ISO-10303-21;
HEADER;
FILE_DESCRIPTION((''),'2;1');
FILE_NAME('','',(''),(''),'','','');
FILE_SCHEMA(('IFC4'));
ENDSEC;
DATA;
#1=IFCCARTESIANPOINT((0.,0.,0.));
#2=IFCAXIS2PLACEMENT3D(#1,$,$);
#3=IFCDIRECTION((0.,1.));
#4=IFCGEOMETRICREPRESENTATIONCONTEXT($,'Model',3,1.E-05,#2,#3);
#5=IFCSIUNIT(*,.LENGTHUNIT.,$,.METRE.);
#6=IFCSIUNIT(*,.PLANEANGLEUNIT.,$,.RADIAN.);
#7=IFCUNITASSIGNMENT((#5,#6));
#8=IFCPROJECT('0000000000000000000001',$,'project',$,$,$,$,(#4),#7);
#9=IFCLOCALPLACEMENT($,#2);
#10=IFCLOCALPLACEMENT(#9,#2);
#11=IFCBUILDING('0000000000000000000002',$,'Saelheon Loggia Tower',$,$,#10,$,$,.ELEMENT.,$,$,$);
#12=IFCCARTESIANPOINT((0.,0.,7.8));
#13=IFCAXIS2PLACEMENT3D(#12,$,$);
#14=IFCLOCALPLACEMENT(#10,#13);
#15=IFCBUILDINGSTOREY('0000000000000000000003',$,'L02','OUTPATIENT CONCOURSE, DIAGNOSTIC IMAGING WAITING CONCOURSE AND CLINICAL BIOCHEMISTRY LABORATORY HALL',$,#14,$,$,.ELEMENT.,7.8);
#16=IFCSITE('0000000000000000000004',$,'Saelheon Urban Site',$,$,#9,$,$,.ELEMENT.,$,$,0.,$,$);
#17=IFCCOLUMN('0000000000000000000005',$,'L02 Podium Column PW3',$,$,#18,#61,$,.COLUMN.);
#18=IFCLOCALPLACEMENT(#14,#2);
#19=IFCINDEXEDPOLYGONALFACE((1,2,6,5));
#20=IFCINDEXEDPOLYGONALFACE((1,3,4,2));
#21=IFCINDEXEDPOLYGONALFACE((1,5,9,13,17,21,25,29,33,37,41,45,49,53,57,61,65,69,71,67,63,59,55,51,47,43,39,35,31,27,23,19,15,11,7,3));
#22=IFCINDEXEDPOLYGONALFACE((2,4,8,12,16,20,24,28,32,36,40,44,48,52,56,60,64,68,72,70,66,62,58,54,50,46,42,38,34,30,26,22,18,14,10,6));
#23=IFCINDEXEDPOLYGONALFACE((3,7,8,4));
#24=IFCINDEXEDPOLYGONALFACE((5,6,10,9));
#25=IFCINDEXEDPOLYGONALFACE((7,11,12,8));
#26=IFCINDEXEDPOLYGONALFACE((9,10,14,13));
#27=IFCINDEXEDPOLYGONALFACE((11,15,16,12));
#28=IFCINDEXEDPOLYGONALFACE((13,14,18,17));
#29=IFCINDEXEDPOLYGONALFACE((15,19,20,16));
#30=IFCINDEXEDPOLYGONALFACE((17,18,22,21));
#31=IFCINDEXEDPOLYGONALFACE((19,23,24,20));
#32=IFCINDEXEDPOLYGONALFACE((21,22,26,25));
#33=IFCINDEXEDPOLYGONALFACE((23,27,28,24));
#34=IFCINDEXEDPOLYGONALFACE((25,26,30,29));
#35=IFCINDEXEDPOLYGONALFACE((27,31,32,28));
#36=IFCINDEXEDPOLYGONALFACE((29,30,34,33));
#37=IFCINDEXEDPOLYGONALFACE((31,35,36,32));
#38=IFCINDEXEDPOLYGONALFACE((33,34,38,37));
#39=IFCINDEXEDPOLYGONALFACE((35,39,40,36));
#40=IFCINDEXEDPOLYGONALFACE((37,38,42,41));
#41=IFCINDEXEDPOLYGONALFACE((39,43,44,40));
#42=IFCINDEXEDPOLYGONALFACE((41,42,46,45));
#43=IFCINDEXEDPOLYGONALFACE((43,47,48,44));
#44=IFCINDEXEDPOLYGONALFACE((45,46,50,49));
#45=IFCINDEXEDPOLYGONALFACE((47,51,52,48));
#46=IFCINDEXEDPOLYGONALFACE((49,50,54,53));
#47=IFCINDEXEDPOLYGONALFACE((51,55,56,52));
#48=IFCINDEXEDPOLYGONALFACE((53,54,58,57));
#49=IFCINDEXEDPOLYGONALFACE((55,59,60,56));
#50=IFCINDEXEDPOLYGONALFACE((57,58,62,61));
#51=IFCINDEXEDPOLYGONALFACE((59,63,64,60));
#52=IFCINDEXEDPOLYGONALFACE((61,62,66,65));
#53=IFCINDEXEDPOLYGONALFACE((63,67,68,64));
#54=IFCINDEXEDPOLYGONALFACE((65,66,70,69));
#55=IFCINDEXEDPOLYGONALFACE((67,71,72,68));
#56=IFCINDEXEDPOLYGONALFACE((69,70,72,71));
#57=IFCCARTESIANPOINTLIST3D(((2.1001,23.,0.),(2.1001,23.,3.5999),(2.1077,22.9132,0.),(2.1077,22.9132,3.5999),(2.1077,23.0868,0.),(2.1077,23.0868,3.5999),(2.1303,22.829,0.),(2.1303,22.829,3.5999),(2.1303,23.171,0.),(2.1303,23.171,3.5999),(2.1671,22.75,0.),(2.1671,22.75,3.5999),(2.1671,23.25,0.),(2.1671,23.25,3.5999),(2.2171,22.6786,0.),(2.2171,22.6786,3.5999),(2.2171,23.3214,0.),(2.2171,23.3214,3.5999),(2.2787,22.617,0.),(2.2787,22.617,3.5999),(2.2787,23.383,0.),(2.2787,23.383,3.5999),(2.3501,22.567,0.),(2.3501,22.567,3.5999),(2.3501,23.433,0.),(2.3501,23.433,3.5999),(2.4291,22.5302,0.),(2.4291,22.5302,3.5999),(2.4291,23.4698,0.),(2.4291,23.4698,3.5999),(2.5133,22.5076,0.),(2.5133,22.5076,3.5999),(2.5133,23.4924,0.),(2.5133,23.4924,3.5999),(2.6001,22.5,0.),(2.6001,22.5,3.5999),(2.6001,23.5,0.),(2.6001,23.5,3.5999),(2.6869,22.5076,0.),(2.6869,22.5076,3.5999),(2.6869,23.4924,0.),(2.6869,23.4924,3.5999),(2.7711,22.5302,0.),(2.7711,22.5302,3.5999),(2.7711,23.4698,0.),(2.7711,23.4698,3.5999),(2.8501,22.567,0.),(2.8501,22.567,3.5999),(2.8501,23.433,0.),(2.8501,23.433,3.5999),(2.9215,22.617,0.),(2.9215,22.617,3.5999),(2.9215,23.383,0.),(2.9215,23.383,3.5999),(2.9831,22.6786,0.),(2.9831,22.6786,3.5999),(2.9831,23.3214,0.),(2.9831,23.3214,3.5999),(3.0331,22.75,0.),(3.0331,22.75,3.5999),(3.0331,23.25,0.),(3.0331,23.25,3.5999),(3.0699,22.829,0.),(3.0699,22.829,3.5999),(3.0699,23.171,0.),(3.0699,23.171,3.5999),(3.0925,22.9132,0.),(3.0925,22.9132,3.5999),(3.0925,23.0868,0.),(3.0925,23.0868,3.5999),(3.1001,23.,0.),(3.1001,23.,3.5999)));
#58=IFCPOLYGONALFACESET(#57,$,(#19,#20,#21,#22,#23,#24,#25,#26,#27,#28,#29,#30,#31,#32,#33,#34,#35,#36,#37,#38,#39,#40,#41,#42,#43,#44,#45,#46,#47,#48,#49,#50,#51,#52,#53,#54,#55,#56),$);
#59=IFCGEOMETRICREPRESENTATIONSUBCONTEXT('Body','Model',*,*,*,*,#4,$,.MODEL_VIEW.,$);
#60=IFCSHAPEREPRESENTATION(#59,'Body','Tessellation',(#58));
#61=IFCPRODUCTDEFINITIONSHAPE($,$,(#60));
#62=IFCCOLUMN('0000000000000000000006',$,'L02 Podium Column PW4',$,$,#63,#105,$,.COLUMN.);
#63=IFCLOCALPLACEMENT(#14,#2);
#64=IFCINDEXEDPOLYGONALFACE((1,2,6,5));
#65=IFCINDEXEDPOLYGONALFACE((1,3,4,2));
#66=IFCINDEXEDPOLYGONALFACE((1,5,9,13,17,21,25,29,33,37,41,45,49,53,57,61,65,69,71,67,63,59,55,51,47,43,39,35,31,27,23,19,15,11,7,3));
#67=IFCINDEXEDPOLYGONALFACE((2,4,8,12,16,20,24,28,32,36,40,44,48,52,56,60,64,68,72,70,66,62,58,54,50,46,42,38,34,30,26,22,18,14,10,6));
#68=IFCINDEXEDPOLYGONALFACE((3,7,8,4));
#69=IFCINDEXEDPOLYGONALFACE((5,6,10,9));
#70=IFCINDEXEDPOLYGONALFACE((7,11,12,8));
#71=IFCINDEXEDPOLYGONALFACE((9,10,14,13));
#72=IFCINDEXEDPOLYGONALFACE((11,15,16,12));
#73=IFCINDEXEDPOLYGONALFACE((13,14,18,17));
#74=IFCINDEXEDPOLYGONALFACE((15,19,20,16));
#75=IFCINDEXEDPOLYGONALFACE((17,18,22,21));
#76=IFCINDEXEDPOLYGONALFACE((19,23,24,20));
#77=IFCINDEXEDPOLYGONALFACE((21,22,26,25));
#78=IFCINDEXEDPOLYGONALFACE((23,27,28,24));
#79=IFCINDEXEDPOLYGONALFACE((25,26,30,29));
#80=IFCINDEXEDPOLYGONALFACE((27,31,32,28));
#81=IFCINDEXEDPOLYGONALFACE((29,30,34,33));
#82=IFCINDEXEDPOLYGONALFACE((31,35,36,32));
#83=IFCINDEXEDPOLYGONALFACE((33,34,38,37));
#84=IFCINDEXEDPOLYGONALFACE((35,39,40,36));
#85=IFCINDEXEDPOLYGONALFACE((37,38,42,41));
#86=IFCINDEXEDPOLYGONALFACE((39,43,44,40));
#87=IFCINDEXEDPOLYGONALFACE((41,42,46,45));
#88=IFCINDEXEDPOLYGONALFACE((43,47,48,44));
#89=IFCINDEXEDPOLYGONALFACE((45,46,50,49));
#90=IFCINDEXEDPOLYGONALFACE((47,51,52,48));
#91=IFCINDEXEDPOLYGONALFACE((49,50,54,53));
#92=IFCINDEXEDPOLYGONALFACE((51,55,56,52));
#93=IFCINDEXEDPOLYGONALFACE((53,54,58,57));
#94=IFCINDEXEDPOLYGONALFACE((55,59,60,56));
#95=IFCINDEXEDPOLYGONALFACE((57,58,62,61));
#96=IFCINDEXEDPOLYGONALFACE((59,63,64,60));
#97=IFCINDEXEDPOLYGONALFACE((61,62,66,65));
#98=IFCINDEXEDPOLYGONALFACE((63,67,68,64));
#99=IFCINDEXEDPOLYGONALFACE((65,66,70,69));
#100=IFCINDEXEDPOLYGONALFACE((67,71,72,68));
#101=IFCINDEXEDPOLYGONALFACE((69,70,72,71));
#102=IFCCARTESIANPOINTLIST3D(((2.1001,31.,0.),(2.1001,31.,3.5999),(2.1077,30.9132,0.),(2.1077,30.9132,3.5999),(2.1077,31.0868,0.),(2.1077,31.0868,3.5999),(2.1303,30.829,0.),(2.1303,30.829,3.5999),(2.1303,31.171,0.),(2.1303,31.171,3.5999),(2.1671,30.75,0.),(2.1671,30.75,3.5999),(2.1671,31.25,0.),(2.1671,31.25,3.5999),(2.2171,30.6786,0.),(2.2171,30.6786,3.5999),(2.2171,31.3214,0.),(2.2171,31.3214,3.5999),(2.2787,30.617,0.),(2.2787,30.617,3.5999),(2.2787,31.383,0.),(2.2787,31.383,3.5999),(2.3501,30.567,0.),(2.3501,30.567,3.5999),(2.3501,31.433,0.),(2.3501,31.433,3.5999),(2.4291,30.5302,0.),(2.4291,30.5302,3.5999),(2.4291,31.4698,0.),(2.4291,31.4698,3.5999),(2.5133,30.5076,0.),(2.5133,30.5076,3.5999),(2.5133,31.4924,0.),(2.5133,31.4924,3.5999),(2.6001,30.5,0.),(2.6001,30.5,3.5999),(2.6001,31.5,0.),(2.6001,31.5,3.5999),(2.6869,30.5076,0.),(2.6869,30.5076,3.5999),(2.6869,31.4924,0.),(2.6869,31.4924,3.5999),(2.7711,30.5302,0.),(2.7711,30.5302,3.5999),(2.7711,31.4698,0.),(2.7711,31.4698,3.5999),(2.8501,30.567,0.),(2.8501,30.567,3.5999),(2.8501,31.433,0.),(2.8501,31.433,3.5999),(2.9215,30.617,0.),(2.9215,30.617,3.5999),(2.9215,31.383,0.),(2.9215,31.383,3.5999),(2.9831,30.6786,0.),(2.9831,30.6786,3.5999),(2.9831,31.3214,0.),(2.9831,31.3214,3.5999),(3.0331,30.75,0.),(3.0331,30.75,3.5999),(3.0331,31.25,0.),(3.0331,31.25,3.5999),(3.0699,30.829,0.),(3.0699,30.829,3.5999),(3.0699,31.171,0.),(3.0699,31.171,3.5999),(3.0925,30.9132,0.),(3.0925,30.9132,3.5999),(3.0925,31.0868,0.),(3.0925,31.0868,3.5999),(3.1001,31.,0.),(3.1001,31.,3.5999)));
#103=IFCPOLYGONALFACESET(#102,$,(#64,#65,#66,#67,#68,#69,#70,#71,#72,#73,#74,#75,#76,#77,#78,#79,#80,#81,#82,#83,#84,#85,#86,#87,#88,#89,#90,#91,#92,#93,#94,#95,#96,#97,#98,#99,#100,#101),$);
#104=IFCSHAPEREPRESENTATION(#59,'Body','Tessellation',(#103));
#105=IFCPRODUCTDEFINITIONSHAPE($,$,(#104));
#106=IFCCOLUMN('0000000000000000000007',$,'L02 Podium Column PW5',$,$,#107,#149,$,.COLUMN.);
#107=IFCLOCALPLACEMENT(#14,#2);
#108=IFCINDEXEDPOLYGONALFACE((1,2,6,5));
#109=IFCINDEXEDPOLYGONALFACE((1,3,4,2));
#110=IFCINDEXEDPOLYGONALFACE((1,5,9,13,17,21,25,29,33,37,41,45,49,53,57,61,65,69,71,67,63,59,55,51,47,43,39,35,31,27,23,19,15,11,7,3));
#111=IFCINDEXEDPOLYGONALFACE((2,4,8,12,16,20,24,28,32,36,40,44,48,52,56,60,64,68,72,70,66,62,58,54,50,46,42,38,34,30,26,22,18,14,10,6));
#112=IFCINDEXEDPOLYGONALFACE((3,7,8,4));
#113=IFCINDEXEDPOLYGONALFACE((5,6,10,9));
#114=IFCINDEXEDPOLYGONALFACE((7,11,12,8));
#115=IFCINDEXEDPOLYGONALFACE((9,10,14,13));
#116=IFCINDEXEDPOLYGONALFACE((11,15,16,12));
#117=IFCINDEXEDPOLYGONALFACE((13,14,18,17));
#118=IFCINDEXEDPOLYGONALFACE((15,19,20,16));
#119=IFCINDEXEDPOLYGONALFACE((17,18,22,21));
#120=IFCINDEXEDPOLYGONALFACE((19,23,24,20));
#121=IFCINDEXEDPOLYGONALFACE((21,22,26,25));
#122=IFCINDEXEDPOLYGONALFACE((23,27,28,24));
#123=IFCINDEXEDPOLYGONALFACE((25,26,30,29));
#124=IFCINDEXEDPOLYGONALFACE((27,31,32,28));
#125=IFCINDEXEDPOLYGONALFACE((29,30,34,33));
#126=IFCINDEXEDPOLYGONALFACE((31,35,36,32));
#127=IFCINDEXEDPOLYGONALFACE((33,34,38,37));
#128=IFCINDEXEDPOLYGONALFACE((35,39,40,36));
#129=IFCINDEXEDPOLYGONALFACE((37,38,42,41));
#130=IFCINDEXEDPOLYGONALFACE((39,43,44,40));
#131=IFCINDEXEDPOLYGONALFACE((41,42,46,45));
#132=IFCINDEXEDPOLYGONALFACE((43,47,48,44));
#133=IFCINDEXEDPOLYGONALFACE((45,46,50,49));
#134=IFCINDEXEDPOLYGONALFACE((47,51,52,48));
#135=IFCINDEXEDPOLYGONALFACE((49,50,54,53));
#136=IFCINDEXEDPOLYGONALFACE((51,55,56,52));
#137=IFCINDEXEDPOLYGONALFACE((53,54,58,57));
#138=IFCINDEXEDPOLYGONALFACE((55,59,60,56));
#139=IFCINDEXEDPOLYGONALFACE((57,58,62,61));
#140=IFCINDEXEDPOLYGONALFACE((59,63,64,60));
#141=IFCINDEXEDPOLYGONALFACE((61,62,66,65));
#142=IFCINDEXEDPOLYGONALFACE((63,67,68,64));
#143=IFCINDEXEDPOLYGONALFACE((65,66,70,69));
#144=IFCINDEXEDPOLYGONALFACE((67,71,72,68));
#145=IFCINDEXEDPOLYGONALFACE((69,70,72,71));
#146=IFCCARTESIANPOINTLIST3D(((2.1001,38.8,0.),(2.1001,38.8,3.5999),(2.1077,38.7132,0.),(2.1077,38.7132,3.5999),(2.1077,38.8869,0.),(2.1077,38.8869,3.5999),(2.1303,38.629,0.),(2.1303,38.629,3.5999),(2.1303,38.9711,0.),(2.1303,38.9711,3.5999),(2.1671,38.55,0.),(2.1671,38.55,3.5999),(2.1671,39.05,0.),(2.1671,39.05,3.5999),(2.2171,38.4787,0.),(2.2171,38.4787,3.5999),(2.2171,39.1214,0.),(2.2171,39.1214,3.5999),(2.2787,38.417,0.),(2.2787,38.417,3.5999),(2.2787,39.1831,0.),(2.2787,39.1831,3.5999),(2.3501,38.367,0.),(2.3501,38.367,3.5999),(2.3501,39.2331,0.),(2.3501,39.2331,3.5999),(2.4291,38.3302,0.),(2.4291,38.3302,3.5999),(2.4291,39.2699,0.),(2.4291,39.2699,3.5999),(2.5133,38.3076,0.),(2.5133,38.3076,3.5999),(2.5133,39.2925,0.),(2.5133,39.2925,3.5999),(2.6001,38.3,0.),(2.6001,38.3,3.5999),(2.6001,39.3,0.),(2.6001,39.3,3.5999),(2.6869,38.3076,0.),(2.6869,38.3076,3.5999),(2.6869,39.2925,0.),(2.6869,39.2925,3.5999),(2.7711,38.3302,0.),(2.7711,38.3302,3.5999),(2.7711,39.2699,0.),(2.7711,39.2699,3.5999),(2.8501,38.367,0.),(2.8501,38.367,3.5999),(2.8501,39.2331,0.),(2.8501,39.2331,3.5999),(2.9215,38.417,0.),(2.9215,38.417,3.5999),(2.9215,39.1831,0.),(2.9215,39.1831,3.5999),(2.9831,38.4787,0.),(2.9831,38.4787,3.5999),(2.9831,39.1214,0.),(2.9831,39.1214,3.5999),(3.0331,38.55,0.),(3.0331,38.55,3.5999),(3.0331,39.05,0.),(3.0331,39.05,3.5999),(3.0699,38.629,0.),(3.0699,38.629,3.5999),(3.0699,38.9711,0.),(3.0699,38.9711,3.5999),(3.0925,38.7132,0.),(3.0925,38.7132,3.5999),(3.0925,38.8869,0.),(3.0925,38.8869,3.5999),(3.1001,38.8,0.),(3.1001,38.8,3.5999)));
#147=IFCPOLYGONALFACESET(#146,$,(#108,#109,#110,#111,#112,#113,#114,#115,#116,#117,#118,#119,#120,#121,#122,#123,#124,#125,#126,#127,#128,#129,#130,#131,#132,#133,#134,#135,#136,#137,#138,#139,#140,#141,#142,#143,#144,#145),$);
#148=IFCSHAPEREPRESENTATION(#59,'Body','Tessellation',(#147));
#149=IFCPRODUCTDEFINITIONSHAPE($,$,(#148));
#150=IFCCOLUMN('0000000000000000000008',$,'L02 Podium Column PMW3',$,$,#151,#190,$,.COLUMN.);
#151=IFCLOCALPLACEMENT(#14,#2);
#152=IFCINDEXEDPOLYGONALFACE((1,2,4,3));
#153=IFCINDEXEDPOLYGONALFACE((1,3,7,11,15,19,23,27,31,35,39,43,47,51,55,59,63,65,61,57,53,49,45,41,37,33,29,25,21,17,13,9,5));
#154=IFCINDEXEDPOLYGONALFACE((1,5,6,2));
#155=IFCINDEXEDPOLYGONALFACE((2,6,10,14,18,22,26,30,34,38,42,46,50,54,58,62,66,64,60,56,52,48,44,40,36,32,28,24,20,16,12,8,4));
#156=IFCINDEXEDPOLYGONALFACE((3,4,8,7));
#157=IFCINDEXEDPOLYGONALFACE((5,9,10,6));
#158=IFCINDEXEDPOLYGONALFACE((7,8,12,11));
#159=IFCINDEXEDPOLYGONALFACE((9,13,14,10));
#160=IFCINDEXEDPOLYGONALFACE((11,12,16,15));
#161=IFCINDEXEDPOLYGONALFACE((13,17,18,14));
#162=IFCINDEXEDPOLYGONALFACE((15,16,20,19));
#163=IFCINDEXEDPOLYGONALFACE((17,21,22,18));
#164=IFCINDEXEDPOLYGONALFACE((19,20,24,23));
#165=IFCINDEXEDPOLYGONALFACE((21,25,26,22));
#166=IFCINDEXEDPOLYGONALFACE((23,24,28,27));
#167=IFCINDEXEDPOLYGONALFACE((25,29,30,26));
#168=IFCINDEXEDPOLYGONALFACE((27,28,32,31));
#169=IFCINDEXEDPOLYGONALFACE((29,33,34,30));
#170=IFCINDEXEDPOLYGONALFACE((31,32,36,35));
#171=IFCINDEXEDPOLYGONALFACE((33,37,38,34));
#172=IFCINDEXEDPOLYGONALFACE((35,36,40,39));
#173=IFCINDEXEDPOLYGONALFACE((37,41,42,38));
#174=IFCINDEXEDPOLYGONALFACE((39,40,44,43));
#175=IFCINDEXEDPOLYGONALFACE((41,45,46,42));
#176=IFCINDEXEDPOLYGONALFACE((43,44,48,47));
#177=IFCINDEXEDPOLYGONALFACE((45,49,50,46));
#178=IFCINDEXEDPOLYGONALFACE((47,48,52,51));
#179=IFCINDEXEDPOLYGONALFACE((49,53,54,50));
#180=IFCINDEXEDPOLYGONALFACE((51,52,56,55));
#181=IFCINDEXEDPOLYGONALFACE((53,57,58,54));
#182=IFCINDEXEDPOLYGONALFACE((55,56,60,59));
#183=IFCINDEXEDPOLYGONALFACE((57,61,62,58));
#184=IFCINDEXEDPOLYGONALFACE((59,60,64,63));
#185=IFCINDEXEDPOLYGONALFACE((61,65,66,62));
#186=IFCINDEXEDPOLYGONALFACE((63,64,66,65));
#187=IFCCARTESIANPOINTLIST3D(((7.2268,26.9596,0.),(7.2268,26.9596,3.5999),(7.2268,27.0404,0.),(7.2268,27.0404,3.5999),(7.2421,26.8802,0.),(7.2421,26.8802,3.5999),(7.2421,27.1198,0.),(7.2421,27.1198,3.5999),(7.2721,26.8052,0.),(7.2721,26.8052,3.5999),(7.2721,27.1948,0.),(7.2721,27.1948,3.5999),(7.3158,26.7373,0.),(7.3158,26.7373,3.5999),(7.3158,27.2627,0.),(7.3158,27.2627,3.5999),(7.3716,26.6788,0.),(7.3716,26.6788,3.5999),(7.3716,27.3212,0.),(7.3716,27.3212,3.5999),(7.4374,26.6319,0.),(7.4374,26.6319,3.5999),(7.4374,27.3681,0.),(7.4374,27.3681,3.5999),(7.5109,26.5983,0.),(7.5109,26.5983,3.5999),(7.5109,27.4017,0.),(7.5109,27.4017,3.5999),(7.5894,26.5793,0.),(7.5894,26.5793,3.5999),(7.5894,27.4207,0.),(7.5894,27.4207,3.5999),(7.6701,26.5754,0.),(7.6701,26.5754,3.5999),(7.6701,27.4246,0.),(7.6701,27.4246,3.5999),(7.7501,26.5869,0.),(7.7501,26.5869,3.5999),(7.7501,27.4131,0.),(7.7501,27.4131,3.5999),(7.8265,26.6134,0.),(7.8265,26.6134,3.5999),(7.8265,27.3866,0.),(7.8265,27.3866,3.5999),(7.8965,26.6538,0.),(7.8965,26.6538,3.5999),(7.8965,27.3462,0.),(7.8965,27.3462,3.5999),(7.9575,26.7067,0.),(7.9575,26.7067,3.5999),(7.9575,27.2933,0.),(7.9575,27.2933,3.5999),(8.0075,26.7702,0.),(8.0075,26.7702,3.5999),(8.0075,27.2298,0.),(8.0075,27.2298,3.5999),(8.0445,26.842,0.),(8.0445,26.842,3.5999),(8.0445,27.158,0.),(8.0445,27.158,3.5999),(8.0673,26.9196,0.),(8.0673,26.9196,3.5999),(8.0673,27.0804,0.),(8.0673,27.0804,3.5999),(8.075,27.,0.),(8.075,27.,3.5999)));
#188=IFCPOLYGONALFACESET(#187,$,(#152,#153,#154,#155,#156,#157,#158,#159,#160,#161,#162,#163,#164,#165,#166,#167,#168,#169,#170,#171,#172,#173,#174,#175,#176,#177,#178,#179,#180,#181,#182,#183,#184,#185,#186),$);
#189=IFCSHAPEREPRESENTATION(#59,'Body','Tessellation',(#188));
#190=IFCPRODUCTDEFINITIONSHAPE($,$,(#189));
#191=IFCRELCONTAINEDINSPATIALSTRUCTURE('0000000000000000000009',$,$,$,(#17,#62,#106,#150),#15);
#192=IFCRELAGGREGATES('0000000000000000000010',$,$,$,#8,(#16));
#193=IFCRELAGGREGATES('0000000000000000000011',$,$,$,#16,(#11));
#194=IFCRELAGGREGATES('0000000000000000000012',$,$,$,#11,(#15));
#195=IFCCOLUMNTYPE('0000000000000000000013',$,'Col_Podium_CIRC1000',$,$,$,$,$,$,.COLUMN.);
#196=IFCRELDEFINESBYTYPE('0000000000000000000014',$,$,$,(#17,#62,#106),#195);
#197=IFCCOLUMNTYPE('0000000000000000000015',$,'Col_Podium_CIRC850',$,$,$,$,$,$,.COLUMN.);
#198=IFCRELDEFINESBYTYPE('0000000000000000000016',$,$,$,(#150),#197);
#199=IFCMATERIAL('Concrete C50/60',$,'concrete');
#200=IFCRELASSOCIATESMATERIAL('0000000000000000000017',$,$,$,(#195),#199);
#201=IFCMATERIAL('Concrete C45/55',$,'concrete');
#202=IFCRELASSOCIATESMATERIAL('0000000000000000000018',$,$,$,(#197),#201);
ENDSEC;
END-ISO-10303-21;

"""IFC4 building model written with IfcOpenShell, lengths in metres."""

from ifc_helpers import new_model, si_unit, direction, frame, origin, origin_2d, place, context, subcontext, project, spatial, circle, extrude, source, transform, mapped, material, material_profile, profile_set, type_object, element, save


model = new_model("IFC4")

# Units and contexts
model_context = context("Model", 3, precision=1e-05, world=origin(), true_north=direction((0.0, 1.0)))
body_context = subcontext(model_context, "Body", "Model", "MODEL_VIEW")
ifc_project = project(units=[si_unit("LENGTHUNIT", "METRE"), si_unit("PLANEANGLEUNIT", "RADIAN")], contexts=[model_context])

# Site, building, storey
site_placement = place(None, origin())
site = spatial("IfcSite", under=ifc_project, at=site_placement, Name="Saelheon Urban Site", CompositionType="ELEMENT", RefElevation=0.0)
building_placement = place(site_placement, origin())
building = spatial("IfcBuilding", under=site, at=building_placement, Name="Saelheon Loggia Tower", CompositionType="ELEMENT")
storey_placement = place(building_placement, frame((0.0, 0.0, 7.8)))
storey = spatial("IfcBuildingStorey", under=building, at=storey_placement, Name="L02", Description="OUTPATIENT CONCOURSE, DIAGNOSTIC IMAGING WAITING CONCOURSE AND CLINICAL BIOCHEMISTRY LABORATORY HALL", CompositionType="ELEMENT", Elevation=7.8)

# Columns
ifc_material_1 = material(Name="Concrete C50/60", Category="concrete")
ifc_material_profile_1 = material_profile(ifc_material_1, circle(Radius=0.5, at=origin_2d()), Name="CIRC-1000")
ifc_profile_set_1 = profile_set([ifc_material_profile_1], Name="Concrete C50/60")
column_type_1 = type_object("IfcColumnType", Name="Col_Podium_CIRC1000", PredefinedType="COLUMN", material=ifc_profile_set_1)
shared_shape_1 = source(origin(), body_context, "Body", "SweptSolid", [
    extrude(circle(Radius=0.5, at=origin_2d()), origin(), (0.0, 0.0, 1.0), 3.5999),
])
for number, where, z_axis, x_axis, name in (
    (1, (2.6001, 23.0, 0.0), (0.0, 0.0, 1.0), (1.0, 0.0, 0.0), "L02 Podium Column PW3"),
    (2, (2.6001, 31.0, 0.0), (0.0, 0.0, 1.0), (1.0, 0.0, 0.0), "L02 Podium Column PW4"),
    (3, (2.6001, 38.8, 0.0), (0.0, 0.0, 1.0), (1.0, 0.0, 0.0), "L02 Podium Column PW5"),
):
    element("IfcColumn", number, at=place(storey_placement, frame(where, z_axis=z_axis, x_axis=x_axis)), inside=storey, type_object=column_type_1, Name=name, PredefinedType="COLUMN", context=body_context, shape_type="MappedRepresentation", body=[
        mapped(shared_shape_1, transform((0.0, 0.0, 0.0), scale=1.0)),
    ])
ifc_material_2 = material(Name="Concrete C45/55", Category="concrete")
ifc_material_profile_2 = material_profile(ifc_material_2, circle(Radius=0.425, at=origin_2d()), Name="CIRC-850")
ifc_profile_set_2 = profile_set([ifc_material_profile_2], Name="Concrete C45/55")
column_type_2 = type_object("IfcColumnType", Name="Col_Podium_CIRC850", PredefinedType="COLUMN", material=ifc_profile_set_2)
shared_shape_2 = source(origin(), body_context, "Body", "SweptSolid", [
    extrude(circle(Radius=0.425, at=origin_2d()), origin(), (0.0, 0.0, 1.0), 3.5999),
])
for number, where, z_axis, x_axis, name in (
    (4, (7.6499, 27.0, 0.0), (0.0, 0.0, 1.0), (1.0, 0.0, 0.0), "L02 Podium Column PMW3"),
):
    element("IfcColumn", number, at=place(storey_placement, frame(where, z_axis=z_axis, x_axis=x_axis)), inside=storey, type_object=column_type_2, Name=name, PredefinedType="COLUMN", context=body_context, shape_type="MappedRepresentation", body=[
        mapped(shared_shape_2, transform((0.0, 0.0, 0.0), scale=1.0)),
    ])

save(model, "model.ifc")
